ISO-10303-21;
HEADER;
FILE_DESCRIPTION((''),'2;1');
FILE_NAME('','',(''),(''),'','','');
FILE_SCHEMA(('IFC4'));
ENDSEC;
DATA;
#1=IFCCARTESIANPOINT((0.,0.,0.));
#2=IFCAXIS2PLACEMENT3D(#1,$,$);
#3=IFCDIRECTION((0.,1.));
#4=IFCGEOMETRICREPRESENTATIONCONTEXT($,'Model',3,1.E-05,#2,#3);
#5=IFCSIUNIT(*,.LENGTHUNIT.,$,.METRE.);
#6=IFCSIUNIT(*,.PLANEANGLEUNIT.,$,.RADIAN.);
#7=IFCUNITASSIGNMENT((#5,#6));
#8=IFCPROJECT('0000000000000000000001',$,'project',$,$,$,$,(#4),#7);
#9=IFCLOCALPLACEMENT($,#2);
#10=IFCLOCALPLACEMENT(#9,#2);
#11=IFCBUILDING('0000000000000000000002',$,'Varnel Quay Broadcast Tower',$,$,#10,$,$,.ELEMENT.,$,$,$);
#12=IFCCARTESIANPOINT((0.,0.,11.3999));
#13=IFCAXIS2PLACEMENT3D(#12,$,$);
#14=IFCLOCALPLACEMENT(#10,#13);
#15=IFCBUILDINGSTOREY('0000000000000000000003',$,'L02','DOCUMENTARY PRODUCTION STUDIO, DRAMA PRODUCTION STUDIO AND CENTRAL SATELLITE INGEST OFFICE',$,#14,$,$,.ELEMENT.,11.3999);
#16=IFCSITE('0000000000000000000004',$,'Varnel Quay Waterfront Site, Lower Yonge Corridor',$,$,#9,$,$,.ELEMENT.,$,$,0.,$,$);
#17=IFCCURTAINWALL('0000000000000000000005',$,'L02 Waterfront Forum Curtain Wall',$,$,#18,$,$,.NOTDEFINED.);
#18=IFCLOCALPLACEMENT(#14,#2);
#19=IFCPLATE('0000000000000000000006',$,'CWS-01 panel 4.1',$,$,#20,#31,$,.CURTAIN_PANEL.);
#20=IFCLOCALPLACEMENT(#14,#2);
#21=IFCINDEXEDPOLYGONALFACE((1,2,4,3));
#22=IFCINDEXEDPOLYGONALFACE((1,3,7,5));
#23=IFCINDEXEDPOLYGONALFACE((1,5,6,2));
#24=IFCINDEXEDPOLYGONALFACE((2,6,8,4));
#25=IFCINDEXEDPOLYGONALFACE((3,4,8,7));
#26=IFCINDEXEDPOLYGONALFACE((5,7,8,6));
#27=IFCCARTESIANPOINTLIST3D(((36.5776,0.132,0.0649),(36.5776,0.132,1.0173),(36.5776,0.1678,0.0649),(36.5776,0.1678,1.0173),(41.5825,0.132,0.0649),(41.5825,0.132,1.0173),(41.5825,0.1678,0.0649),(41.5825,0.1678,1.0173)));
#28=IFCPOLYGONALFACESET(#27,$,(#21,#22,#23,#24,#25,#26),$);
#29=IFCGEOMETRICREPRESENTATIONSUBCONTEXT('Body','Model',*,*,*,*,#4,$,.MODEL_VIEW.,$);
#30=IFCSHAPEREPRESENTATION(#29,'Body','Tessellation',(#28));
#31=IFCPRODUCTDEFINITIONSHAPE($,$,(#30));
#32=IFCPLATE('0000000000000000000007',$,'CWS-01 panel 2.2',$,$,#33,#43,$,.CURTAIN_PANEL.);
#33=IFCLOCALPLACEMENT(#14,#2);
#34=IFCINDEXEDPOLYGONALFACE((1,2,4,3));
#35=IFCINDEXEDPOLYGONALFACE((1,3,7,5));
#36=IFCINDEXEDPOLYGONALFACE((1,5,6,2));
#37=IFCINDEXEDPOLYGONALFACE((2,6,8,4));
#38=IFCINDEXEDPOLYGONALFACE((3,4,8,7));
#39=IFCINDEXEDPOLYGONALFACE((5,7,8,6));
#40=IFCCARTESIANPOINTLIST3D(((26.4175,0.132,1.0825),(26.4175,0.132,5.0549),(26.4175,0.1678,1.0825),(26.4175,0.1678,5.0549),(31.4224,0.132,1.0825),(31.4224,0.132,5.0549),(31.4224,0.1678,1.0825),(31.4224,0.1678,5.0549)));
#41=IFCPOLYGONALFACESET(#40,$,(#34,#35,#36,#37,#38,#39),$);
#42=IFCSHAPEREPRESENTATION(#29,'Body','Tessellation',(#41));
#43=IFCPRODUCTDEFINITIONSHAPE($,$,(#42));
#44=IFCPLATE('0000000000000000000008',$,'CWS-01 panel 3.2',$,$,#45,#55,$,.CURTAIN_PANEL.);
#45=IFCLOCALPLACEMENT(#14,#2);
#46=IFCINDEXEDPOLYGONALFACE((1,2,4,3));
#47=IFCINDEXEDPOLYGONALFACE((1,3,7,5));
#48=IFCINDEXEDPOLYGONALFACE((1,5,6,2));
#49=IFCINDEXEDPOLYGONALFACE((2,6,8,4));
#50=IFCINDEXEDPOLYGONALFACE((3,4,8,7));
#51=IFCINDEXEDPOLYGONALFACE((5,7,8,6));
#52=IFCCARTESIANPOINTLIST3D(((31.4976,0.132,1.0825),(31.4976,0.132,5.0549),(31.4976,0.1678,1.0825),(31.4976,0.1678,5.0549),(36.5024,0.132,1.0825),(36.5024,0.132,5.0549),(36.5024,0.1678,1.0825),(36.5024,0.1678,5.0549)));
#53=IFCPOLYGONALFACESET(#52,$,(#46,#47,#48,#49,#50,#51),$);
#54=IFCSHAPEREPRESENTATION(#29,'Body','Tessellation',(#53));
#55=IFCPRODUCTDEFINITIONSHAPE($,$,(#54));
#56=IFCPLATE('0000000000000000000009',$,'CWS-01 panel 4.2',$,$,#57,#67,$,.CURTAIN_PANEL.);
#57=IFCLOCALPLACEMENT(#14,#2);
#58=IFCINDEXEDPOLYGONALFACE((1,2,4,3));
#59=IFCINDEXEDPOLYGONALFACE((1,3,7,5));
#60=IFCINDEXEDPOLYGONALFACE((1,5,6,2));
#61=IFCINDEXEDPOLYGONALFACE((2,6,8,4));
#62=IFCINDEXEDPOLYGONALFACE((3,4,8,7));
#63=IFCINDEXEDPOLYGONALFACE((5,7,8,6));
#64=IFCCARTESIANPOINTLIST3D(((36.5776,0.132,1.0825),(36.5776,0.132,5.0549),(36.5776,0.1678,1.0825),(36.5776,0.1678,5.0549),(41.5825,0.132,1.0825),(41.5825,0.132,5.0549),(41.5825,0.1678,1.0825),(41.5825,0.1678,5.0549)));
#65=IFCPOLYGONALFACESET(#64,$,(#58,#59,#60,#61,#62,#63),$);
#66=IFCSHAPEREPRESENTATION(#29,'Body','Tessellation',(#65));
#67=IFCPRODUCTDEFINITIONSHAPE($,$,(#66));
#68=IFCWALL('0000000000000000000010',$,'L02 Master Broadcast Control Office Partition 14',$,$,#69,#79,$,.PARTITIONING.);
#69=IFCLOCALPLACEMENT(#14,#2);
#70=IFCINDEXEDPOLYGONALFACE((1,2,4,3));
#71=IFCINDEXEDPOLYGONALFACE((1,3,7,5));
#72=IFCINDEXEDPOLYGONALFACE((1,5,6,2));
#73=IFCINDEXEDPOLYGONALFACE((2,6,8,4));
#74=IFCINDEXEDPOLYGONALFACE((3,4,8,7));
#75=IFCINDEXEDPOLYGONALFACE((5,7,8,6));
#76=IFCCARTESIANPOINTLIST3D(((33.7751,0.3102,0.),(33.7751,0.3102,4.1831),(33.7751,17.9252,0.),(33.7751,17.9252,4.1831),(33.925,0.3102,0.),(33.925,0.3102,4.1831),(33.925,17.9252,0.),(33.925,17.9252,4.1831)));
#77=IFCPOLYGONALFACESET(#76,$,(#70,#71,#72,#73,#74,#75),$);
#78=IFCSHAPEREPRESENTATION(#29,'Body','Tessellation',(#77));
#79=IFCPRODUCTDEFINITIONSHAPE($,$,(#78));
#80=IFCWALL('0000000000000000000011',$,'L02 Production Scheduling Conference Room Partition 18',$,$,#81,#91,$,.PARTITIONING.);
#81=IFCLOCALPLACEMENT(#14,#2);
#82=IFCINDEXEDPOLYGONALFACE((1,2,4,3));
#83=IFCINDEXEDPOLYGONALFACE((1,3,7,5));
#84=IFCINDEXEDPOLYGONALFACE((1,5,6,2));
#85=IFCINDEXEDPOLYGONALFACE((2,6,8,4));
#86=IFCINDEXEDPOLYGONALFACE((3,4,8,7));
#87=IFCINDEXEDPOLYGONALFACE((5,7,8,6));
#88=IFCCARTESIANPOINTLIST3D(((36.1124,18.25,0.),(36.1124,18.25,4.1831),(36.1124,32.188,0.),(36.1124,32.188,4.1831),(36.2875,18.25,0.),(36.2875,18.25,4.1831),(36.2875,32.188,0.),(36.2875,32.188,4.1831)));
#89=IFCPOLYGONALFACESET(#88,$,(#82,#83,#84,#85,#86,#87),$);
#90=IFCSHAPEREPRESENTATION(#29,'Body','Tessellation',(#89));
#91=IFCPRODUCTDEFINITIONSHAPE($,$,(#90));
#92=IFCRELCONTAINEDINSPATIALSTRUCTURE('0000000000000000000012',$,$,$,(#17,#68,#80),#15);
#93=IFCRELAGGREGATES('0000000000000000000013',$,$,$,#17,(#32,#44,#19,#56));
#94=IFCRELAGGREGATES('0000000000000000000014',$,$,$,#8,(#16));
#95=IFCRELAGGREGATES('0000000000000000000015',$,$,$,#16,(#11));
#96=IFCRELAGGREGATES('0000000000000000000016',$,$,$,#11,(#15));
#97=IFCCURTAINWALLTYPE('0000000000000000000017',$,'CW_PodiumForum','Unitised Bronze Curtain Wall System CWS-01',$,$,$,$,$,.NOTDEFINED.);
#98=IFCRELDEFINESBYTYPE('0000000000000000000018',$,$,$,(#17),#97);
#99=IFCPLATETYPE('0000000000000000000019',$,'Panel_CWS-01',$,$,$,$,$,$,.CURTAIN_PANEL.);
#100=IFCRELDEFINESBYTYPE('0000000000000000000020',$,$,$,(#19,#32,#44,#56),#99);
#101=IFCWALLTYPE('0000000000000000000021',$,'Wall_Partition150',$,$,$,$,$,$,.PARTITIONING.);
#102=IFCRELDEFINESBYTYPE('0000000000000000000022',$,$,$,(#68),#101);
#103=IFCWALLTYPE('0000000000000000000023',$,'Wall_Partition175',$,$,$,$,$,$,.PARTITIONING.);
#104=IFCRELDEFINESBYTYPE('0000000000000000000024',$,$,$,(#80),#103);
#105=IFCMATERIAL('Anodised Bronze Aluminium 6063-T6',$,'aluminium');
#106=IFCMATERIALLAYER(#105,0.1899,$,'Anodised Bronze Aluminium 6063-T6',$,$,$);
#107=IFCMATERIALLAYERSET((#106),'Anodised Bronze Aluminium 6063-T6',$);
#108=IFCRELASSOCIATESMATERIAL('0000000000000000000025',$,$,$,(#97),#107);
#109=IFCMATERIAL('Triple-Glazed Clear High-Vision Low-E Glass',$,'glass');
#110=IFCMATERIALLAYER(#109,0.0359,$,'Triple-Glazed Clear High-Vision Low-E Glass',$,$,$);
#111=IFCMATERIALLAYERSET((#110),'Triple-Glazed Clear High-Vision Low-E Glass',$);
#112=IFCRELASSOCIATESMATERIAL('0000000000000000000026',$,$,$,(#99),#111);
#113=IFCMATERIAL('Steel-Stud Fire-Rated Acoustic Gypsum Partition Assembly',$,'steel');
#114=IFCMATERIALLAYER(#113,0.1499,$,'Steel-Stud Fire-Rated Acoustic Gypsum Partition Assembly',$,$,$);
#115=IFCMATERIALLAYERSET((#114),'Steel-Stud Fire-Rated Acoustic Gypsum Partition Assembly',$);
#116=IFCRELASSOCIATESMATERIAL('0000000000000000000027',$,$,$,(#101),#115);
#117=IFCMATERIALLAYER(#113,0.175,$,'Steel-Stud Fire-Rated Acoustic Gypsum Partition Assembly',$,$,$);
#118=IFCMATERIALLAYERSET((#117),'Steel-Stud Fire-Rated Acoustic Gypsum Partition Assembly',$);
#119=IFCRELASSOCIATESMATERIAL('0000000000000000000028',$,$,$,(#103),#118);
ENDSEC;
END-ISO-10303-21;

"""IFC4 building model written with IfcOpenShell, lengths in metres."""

from ifc_helpers import new_model, si_unit, direction, frame, frame_2d, origin, origin_2d, place, context, subcontext, project, spatial, rectangle, extrude, source, transform, mapped, material, layer, layer_set, type_object, type_shapes, element, aggregate, save


model = new_model("IFC4")

# Units and contexts
model_context = context("Model", 3, precision=1e-05, world=origin(), true_north=direction((0.0, 1.0)))
body_context = subcontext(model_context, "Body", "Model", "MODEL_VIEW")
ifc_project = project(units=[si_unit("LENGTHUNIT", "METRE"), si_unit("PLANEANGLEUNIT", "RADIAN")], contexts=[model_context])

# Site, building, storey
site_placement = place(None, origin())
site = spatial("IfcSite", under=ifc_project, at=site_placement, Name="Varnel Quay Waterfront Site, Lower Yonge Corridor", CompositionType="ELEMENT", RefElevation=0.0)
building_placement = place(site_placement, origin())
building = spatial("IfcBuilding", under=site, at=building_placement, Name="Varnel Quay Broadcast Tower", CompositionType="ELEMENT")
storey_placement = place(building_placement, frame((0.0, 0.0, 11.3999)))
storey = spatial("IfcBuildingStorey", under=building, at=storey_placement, Name="L02", Description="DOCUMENTARY PRODUCTION STUDIO, DRAMA PRODUCTION STUDIO AND CENTRAL SATELLITE INGEST OFFICE", CompositionType="ELEMENT", Elevation=11.3999)

# Curtain wall, plates
ifc_material_1 = material(Name="Anodised Bronze Aluminium 6063-T6", Category="aluminium")
ifc_layer_1 = layer(ifc_material_1, 0.1899, Name="Anodised Bronze Aluminium 6063-T6")
ifc_layer_set_1 = layer_set([ifc_layer_1], Name="Anodised Bronze Aluminium 6063-T6")
curtain_wall_type = type_object("IfcCurtainWallType", Name="CW_PodiumForum", Description="Unitised Bronze Curtain Wall System CWS-01", PredefinedType="NOTDEFINED", material=ifc_layer_set_1)
curtain_wall_placement = place(storey_placement, origin())
curtain_wall = element("IfcCurtainWall", 1, at=curtain_wall_placement, inside=storey, type_object=curtain_wall_type, Name="L02 Waterfront Forum Curtain Wall", PredefinedType="NOTDEFINED")
ifc_material_2 = material(Name="Triple-Glazed Clear High-Vision Low-E Glass", Category="glass")
ifc_layer_2 = layer(ifc_material_2, 0.0359, Name="Triple-Glazed Clear High-Vision Low-E Glass")
ifc_layer_set_2 = layer_set([ifc_layer_2], Name="Triple-Glazed Clear High-Vision Low-E Glass")
plate_type = type_object("IfcPlateType", Name="Panel_CWS-01", PredefinedType="CURTAIN_PANEL", material=ifc_layer_set_2)
shared_shape_1 = source(origin(), body_context, "Body", "SweptSolid", [
    extrude(rectangle(XDim=5.0049, YDim=0.0359, at=origin_2d()), origin(), (0.0, 0.0, 1.0), 0.9524),
])
plate_1_placement = place(storey_placement, frame((39.0801, 0.1499, 0.0649), z_axis=(0.0, 0.0, 1.0), x_axis=(1.0, 0.0, 0.0)))
plate_1 = element("IfcPlate", 2, at=plate_1_placement, type_object=plate_type, Name="CWS-01 panel 4.1", PredefinedType="CURTAIN_PANEL", context=body_context, shape_type="MappedRepresentation", body=[
    mapped(shared_shape_1, transform((0.0, 0.0, 0.0), x_axis=(1.0, 0.0, 0.0), y_axis=(0.0, 1.0, 0.0), z_axis=(0.0, 0.0, 1.0), scale=1.0)),
])
shared_shape_2 = source(origin(), body_context, "Body", "SweptSolid", [
    extrude(rectangle(XDim=5.0049, YDim=0.0359, at=origin_2d()), origin(), (0.0, 0.0, 1.0), 3.9724),
])
type_shapes(plate_type, [shared_shape_1, shared_shape_2])
plate_2_placement = place(storey_placement, frame((28.9199, 0.1499, 1.0825), z_axis=(0.0, 0.0, 1.0), x_axis=(1.0, 0.0, 0.0)))
plate_2 = element("IfcPlate", 3, at=plate_2_placement, type_object=plate_type, Name="CWS-01 panel 2.2", PredefinedType="CURTAIN_PANEL", context=body_context, shape_type="MappedRepresentation", body=[
    mapped(shared_shape_2, transform((0.0, 0.0, 0.0), x_axis=(1.0, 0.0, 0.0), y_axis=(0.0, 1.0, 0.0), z_axis=(0.0, 0.0, 1.0), scale=1.0)),
])
plate_3_placement = place(storey_placement, frame((34.0, 0.1499, 1.0825), z_axis=(0.0, 0.0, 1.0), x_axis=(1.0, 0.0, 0.0)))
plate_3 = element("IfcPlate", 4, at=plate_3_placement, type_object=plate_type, Name="CWS-01 panel 3.2", PredefinedType="CURTAIN_PANEL", context=body_context, shape_type="MappedRepresentation", body=[
    mapped(shared_shape_2, transform((0.0, 0.0, 0.0), x_axis=(1.0, 0.0, 0.0), y_axis=(0.0, 1.0, 0.0), z_axis=(0.0, 0.0, 1.0), scale=1.0)),
])
plate_4_placement = place(storey_placement, frame((39.0801, 0.1499, 1.0825), z_axis=(0.0, 0.0, 1.0), x_axis=(1.0, 0.0, 0.0)))
plate_4 = element("IfcPlate", 5, at=plate_4_placement, type_object=plate_type, Name="CWS-01 panel 4.2", PredefinedType="CURTAIN_PANEL", context=body_context, shape_type="MappedRepresentation", body=[
    mapped(shared_shape_2, transform((0.0, 0.0, 0.0), x_axis=(1.0, 0.0, 0.0), y_axis=(0.0, 1.0, 0.0), z_axis=(0.0, 0.0, 1.0), scale=1.0)),
])
aggregate(curtain_wall, [plate_2, plate_3, plate_1, plate_4])

# Walls
ifc_material_3 = material(Name="Steel-Stud Fire-Rated Acoustic Gypsum Partition Assembly", Category="steel")
ifc_layer_3 = layer(ifc_material_3, 0.1499, Name="Steel-Stud Fire-Rated Acoustic Gypsum Partition Assembly")
ifc_layer_set_3 = layer_set([ifc_layer_3], Name="Steel-Stud Fire-Rated Acoustic Gypsum Partition Assembly")
wall_type_1 = type_object("IfcWallType", Name="Wall_Partition150", PredefinedType="PARTITIONING", material=ifc_layer_set_3)
wall_1_placement = place(storey_placement, frame((33.8501, 0.3101, 0.0), z_axis=(0.0, 0.0, 1.0), x_axis=(0.0, 1.0, 0.0)))
element("IfcWall", 6, at=wall_1_placement, inside=storey, type_object=wall_type_1, Name="L02 Master Broadcast Control Office Partition 14", PredefinedType="PARTITIONING", context=body_context, shape_type="SweptSolid", body=[
    extrude(rectangle(XDim=17.615, YDim=0.1499, at=frame_2d((8.8076, 0.0))), origin(), (0.0, 0.0, 1.0), 4.1831),
])
ifc_layer_4 = layer(ifc_material_3, 0.175, Name="Steel-Stud Fire-Rated Acoustic Gypsum Partition Assembly")
ifc_layer_set_4 = layer_set([ifc_layer_4], Name="Steel-Stud Fire-Rated Acoustic Gypsum Partition Assembly")
wall_type_2 = type_object("IfcWallType", Name="Wall_Partition175", PredefinedType="PARTITIONING", material=ifc_layer_set_4)
wall_2_placement = place(storey_placement, frame((36.2, 18.25, 0.0), z_axis=(0.0, 0.0, 1.0), x_axis=(0.0, 1.0, 0.0)))
element("IfcWall", 7, at=wall_2_placement, inside=storey, type_object=wall_type_2, Name="L02 Production Scheduling Conference Room Partition 18", PredefinedType="PARTITIONING", context=body_context, shape_type="SweptSolid", body=[
    extrude(rectangle(XDim=13.938, YDim=0.175, at=frame_2d((6.969, 0.0))), origin(), (0.0, 0.0, 1.0), 4.1831),
])

save(model, "model.ifc")
